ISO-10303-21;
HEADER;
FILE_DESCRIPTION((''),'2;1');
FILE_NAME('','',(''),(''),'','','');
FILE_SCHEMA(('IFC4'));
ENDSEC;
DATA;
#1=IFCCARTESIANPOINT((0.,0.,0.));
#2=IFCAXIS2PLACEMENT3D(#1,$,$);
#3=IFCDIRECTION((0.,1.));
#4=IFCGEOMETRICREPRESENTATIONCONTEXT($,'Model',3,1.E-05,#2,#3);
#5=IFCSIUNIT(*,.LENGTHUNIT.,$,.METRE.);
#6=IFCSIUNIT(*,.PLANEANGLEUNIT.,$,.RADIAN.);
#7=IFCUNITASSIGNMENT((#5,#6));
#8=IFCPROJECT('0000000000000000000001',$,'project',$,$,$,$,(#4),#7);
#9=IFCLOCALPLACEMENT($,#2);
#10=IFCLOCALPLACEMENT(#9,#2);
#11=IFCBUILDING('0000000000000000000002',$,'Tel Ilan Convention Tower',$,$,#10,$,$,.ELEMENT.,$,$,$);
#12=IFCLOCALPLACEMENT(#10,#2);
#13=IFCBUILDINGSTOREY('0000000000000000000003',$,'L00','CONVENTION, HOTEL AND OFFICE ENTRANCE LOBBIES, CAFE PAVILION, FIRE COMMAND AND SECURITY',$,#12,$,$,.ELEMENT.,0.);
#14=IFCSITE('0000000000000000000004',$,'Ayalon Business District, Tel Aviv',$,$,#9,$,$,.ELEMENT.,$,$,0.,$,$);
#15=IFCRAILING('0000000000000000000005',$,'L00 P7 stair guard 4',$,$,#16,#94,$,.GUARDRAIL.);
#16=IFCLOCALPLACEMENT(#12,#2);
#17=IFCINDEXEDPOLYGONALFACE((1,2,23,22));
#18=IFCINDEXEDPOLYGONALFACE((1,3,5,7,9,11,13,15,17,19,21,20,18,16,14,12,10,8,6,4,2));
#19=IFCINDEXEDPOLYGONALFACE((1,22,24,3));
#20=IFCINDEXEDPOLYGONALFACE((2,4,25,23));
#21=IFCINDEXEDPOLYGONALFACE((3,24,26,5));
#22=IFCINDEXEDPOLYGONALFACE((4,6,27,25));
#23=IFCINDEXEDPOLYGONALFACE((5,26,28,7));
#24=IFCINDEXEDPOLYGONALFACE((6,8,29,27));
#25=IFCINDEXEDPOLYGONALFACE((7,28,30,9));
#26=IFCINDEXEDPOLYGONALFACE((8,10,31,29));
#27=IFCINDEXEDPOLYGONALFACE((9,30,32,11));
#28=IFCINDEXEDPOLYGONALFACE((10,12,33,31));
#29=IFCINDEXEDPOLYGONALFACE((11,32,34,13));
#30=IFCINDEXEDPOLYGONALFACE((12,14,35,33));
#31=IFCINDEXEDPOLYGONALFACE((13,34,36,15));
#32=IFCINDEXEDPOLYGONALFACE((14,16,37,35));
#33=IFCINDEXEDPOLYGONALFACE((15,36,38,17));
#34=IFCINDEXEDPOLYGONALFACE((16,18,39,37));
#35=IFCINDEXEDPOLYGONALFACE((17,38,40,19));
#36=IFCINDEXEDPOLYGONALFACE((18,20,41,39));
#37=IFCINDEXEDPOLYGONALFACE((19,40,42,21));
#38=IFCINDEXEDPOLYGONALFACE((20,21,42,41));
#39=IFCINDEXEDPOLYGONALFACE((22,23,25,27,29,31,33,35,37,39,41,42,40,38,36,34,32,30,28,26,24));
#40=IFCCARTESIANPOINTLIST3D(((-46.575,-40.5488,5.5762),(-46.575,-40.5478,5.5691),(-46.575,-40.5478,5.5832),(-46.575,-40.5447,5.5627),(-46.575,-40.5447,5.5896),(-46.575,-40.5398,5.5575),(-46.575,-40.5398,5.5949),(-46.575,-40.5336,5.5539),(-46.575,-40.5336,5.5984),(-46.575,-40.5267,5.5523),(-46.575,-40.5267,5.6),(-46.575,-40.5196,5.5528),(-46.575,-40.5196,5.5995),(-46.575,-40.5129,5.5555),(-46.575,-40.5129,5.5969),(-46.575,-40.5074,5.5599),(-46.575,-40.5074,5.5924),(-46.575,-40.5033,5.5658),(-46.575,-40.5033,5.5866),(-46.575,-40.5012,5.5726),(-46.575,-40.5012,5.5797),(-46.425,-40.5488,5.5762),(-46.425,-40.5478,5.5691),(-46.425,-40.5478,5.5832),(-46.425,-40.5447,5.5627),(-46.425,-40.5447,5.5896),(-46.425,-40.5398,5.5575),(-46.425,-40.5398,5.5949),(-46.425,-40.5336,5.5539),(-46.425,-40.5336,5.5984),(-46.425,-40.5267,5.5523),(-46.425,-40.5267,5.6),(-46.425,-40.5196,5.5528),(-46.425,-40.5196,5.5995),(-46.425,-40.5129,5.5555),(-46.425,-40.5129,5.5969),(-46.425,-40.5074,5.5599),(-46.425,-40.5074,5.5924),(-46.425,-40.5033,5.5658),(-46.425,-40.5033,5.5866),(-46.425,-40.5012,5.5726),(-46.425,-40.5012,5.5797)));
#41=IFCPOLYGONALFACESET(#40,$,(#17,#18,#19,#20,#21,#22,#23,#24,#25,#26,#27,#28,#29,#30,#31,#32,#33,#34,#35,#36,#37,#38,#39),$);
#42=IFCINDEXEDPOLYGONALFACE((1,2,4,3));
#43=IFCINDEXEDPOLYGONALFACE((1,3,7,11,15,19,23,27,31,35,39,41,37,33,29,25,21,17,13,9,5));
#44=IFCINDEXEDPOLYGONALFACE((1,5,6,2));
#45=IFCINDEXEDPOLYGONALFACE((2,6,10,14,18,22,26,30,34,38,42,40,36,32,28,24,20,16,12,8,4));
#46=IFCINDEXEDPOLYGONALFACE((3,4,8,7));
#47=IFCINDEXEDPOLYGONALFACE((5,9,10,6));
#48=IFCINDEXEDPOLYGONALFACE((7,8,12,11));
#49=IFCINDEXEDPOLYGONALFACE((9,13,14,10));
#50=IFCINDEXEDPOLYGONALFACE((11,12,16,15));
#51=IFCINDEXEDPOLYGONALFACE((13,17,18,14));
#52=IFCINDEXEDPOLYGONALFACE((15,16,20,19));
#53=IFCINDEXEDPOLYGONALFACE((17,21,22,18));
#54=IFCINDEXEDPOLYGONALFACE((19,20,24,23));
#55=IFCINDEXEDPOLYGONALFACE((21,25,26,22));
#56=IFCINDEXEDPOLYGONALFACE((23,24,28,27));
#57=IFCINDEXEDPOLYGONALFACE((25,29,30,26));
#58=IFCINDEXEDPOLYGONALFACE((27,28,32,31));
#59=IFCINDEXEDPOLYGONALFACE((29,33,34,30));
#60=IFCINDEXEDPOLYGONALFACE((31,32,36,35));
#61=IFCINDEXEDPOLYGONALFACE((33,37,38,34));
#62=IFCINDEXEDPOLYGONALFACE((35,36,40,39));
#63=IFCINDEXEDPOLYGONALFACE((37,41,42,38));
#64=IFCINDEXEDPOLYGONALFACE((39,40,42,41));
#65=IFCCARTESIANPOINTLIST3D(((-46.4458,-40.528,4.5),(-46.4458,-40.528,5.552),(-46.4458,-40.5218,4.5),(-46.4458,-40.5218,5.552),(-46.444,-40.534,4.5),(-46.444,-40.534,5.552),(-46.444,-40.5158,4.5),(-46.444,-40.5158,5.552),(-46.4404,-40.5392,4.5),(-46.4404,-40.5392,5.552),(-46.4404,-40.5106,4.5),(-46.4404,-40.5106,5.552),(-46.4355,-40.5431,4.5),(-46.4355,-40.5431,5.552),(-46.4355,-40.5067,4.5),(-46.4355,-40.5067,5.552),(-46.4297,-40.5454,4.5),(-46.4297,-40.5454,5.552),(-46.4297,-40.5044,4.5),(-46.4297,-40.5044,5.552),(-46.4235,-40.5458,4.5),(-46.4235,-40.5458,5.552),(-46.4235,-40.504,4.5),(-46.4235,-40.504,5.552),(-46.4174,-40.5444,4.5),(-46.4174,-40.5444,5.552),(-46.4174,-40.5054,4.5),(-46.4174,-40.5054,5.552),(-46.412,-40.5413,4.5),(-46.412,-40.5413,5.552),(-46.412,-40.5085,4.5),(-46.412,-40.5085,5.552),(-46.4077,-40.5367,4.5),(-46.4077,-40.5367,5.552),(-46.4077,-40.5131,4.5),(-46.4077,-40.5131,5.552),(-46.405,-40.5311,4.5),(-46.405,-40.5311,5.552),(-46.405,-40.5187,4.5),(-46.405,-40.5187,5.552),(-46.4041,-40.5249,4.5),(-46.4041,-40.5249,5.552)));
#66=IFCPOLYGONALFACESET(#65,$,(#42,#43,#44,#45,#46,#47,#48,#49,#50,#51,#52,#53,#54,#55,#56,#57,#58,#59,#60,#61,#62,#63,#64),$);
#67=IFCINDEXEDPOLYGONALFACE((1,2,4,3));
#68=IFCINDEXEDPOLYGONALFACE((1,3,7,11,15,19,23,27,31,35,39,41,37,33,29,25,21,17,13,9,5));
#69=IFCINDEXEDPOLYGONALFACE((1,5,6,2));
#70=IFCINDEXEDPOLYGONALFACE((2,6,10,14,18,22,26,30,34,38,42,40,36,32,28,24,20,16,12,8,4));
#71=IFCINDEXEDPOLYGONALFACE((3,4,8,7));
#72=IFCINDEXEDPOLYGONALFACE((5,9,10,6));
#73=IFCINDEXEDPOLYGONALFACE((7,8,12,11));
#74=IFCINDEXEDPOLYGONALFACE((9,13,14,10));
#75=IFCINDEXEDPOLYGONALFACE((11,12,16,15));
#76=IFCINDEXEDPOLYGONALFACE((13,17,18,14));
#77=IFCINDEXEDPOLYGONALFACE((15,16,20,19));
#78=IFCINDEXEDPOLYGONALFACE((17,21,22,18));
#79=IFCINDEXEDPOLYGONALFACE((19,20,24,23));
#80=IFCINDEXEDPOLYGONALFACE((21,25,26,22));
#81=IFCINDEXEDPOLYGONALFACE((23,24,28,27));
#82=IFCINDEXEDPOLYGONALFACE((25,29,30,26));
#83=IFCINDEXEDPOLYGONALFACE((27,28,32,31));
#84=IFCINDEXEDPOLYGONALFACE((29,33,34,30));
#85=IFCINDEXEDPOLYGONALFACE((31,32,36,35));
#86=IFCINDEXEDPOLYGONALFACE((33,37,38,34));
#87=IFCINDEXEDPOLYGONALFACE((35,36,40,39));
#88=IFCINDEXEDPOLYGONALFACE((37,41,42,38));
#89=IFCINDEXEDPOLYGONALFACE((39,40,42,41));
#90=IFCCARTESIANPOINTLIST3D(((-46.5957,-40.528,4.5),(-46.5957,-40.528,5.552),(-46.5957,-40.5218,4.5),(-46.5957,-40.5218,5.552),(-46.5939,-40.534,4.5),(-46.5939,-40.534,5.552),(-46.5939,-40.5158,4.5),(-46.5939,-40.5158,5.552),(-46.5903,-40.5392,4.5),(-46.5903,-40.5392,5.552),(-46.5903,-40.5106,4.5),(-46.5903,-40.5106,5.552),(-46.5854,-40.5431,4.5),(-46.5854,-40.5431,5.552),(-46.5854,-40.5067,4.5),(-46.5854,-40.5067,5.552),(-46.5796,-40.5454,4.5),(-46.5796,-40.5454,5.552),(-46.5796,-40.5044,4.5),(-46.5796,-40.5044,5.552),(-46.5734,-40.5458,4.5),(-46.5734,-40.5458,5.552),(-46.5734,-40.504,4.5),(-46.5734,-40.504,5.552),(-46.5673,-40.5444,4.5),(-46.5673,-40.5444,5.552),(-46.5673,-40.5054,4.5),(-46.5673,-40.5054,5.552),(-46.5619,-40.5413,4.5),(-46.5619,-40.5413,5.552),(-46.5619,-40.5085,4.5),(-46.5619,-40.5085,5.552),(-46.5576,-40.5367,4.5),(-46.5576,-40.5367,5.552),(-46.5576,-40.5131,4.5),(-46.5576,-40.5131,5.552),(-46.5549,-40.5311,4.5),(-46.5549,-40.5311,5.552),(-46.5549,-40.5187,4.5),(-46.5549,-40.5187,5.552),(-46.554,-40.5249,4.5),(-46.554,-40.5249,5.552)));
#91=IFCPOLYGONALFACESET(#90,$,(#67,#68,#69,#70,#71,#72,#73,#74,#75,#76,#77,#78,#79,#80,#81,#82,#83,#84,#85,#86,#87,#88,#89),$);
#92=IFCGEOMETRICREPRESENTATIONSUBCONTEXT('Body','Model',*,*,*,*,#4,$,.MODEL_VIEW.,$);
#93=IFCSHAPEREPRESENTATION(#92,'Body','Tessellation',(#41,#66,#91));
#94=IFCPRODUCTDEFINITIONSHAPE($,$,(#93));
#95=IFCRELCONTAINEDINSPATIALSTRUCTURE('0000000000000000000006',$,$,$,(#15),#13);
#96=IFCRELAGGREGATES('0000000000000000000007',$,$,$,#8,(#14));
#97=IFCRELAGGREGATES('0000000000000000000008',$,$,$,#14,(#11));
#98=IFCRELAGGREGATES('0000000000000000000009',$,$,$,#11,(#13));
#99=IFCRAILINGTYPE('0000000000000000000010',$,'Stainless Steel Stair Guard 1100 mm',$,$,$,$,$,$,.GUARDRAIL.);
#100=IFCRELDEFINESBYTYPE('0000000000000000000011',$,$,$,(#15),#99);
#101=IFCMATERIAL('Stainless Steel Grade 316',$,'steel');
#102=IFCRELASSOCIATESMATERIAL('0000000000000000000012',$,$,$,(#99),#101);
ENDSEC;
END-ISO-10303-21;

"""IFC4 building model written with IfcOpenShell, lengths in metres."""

from ifc_helpers import new_model, si_unit, direction, frame, origin, origin_2d, place, context, subcontext, project, spatial, circle, extrude, material, type_object, element, save


model = new_model("IFC4")

# Units and contexts
model_context = context("Model", 3, precision=1e-05, world=origin(), true_north=direction((0.0, 1.0)))
body_context = subcontext(model_context, "Body", "Model", "MODEL_VIEW")
ifc_project = project(units=[si_unit("LENGTHUNIT", "METRE"), si_unit("PLANEANGLEUNIT", "RADIAN")], contexts=[model_context])

# Site, building, storey
site_placement = place(None, origin())
site = spatial("IfcSite", under=ifc_project, at=site_placement, Name="Ayalon Business District, Tel Aviv", CompositionType="ELEMENT", RefElevation=0.0)
building_placement = place(site_placement, origin())
building = spatial("IfcBuilding", under=site, at=building_placement, Name="Tel Ilan Convention Tower", CompositionType="ELEMENT")
storey_placement = place(building_placement, origin())
storey = spatial("IfcBuildingStorey", under=building, at=storey_placement, Name="L00", Description="CONVENTION, HOTEL AND OFFICE ENTRANCE LOBBIES, CAFE PAVILION, FIRE COMMAND AND SECURITY", CompositionType="ELEMENT", Elevation=0.0)

# Railing
ifc_material_1 = material(Name="Stainless Steel Grade 316", Category="steel")
railing_type_1 = type_object("IfcRailingType", Name="Stainless Steel Stair Guard 1100 mm", PredefinedType="GUARDRAIL", material=ifc_material_1)
railing_1_placement = place(storey_placement, frame((-46.425, -40.5249, 4.5)))
element("IfcRailing", 1, at=railing_1_placement, inside=storey, type_object=railing_type_1, Name="L00 P7 stair guard 4", PredefinedType="GUARDRAIL", context=body_context, shape_type="SweptSolid", body=[
    extrude(circle(Radius=0.0239, at=origin_2d()), frame((0.0, 0.0, 1.0762), z_axis=(-1.0, 0.0, 0.0), x_axis=(0.0, -1.0, 0.0)), (0.0, 0.0, 1.0), 0.1499),
    extrude(circle(Radius=0.021, at=origin_2d()), origin(), (0.0, 0.0, 1.0), 1.052),
    extrude(circle(Radius=0.021, at=origin_2d()), frame((-0.1499, 0.0, 0.0)), (0.0, 0.0, 1.0), 1.052),
])

save(model, "model.ifc")
